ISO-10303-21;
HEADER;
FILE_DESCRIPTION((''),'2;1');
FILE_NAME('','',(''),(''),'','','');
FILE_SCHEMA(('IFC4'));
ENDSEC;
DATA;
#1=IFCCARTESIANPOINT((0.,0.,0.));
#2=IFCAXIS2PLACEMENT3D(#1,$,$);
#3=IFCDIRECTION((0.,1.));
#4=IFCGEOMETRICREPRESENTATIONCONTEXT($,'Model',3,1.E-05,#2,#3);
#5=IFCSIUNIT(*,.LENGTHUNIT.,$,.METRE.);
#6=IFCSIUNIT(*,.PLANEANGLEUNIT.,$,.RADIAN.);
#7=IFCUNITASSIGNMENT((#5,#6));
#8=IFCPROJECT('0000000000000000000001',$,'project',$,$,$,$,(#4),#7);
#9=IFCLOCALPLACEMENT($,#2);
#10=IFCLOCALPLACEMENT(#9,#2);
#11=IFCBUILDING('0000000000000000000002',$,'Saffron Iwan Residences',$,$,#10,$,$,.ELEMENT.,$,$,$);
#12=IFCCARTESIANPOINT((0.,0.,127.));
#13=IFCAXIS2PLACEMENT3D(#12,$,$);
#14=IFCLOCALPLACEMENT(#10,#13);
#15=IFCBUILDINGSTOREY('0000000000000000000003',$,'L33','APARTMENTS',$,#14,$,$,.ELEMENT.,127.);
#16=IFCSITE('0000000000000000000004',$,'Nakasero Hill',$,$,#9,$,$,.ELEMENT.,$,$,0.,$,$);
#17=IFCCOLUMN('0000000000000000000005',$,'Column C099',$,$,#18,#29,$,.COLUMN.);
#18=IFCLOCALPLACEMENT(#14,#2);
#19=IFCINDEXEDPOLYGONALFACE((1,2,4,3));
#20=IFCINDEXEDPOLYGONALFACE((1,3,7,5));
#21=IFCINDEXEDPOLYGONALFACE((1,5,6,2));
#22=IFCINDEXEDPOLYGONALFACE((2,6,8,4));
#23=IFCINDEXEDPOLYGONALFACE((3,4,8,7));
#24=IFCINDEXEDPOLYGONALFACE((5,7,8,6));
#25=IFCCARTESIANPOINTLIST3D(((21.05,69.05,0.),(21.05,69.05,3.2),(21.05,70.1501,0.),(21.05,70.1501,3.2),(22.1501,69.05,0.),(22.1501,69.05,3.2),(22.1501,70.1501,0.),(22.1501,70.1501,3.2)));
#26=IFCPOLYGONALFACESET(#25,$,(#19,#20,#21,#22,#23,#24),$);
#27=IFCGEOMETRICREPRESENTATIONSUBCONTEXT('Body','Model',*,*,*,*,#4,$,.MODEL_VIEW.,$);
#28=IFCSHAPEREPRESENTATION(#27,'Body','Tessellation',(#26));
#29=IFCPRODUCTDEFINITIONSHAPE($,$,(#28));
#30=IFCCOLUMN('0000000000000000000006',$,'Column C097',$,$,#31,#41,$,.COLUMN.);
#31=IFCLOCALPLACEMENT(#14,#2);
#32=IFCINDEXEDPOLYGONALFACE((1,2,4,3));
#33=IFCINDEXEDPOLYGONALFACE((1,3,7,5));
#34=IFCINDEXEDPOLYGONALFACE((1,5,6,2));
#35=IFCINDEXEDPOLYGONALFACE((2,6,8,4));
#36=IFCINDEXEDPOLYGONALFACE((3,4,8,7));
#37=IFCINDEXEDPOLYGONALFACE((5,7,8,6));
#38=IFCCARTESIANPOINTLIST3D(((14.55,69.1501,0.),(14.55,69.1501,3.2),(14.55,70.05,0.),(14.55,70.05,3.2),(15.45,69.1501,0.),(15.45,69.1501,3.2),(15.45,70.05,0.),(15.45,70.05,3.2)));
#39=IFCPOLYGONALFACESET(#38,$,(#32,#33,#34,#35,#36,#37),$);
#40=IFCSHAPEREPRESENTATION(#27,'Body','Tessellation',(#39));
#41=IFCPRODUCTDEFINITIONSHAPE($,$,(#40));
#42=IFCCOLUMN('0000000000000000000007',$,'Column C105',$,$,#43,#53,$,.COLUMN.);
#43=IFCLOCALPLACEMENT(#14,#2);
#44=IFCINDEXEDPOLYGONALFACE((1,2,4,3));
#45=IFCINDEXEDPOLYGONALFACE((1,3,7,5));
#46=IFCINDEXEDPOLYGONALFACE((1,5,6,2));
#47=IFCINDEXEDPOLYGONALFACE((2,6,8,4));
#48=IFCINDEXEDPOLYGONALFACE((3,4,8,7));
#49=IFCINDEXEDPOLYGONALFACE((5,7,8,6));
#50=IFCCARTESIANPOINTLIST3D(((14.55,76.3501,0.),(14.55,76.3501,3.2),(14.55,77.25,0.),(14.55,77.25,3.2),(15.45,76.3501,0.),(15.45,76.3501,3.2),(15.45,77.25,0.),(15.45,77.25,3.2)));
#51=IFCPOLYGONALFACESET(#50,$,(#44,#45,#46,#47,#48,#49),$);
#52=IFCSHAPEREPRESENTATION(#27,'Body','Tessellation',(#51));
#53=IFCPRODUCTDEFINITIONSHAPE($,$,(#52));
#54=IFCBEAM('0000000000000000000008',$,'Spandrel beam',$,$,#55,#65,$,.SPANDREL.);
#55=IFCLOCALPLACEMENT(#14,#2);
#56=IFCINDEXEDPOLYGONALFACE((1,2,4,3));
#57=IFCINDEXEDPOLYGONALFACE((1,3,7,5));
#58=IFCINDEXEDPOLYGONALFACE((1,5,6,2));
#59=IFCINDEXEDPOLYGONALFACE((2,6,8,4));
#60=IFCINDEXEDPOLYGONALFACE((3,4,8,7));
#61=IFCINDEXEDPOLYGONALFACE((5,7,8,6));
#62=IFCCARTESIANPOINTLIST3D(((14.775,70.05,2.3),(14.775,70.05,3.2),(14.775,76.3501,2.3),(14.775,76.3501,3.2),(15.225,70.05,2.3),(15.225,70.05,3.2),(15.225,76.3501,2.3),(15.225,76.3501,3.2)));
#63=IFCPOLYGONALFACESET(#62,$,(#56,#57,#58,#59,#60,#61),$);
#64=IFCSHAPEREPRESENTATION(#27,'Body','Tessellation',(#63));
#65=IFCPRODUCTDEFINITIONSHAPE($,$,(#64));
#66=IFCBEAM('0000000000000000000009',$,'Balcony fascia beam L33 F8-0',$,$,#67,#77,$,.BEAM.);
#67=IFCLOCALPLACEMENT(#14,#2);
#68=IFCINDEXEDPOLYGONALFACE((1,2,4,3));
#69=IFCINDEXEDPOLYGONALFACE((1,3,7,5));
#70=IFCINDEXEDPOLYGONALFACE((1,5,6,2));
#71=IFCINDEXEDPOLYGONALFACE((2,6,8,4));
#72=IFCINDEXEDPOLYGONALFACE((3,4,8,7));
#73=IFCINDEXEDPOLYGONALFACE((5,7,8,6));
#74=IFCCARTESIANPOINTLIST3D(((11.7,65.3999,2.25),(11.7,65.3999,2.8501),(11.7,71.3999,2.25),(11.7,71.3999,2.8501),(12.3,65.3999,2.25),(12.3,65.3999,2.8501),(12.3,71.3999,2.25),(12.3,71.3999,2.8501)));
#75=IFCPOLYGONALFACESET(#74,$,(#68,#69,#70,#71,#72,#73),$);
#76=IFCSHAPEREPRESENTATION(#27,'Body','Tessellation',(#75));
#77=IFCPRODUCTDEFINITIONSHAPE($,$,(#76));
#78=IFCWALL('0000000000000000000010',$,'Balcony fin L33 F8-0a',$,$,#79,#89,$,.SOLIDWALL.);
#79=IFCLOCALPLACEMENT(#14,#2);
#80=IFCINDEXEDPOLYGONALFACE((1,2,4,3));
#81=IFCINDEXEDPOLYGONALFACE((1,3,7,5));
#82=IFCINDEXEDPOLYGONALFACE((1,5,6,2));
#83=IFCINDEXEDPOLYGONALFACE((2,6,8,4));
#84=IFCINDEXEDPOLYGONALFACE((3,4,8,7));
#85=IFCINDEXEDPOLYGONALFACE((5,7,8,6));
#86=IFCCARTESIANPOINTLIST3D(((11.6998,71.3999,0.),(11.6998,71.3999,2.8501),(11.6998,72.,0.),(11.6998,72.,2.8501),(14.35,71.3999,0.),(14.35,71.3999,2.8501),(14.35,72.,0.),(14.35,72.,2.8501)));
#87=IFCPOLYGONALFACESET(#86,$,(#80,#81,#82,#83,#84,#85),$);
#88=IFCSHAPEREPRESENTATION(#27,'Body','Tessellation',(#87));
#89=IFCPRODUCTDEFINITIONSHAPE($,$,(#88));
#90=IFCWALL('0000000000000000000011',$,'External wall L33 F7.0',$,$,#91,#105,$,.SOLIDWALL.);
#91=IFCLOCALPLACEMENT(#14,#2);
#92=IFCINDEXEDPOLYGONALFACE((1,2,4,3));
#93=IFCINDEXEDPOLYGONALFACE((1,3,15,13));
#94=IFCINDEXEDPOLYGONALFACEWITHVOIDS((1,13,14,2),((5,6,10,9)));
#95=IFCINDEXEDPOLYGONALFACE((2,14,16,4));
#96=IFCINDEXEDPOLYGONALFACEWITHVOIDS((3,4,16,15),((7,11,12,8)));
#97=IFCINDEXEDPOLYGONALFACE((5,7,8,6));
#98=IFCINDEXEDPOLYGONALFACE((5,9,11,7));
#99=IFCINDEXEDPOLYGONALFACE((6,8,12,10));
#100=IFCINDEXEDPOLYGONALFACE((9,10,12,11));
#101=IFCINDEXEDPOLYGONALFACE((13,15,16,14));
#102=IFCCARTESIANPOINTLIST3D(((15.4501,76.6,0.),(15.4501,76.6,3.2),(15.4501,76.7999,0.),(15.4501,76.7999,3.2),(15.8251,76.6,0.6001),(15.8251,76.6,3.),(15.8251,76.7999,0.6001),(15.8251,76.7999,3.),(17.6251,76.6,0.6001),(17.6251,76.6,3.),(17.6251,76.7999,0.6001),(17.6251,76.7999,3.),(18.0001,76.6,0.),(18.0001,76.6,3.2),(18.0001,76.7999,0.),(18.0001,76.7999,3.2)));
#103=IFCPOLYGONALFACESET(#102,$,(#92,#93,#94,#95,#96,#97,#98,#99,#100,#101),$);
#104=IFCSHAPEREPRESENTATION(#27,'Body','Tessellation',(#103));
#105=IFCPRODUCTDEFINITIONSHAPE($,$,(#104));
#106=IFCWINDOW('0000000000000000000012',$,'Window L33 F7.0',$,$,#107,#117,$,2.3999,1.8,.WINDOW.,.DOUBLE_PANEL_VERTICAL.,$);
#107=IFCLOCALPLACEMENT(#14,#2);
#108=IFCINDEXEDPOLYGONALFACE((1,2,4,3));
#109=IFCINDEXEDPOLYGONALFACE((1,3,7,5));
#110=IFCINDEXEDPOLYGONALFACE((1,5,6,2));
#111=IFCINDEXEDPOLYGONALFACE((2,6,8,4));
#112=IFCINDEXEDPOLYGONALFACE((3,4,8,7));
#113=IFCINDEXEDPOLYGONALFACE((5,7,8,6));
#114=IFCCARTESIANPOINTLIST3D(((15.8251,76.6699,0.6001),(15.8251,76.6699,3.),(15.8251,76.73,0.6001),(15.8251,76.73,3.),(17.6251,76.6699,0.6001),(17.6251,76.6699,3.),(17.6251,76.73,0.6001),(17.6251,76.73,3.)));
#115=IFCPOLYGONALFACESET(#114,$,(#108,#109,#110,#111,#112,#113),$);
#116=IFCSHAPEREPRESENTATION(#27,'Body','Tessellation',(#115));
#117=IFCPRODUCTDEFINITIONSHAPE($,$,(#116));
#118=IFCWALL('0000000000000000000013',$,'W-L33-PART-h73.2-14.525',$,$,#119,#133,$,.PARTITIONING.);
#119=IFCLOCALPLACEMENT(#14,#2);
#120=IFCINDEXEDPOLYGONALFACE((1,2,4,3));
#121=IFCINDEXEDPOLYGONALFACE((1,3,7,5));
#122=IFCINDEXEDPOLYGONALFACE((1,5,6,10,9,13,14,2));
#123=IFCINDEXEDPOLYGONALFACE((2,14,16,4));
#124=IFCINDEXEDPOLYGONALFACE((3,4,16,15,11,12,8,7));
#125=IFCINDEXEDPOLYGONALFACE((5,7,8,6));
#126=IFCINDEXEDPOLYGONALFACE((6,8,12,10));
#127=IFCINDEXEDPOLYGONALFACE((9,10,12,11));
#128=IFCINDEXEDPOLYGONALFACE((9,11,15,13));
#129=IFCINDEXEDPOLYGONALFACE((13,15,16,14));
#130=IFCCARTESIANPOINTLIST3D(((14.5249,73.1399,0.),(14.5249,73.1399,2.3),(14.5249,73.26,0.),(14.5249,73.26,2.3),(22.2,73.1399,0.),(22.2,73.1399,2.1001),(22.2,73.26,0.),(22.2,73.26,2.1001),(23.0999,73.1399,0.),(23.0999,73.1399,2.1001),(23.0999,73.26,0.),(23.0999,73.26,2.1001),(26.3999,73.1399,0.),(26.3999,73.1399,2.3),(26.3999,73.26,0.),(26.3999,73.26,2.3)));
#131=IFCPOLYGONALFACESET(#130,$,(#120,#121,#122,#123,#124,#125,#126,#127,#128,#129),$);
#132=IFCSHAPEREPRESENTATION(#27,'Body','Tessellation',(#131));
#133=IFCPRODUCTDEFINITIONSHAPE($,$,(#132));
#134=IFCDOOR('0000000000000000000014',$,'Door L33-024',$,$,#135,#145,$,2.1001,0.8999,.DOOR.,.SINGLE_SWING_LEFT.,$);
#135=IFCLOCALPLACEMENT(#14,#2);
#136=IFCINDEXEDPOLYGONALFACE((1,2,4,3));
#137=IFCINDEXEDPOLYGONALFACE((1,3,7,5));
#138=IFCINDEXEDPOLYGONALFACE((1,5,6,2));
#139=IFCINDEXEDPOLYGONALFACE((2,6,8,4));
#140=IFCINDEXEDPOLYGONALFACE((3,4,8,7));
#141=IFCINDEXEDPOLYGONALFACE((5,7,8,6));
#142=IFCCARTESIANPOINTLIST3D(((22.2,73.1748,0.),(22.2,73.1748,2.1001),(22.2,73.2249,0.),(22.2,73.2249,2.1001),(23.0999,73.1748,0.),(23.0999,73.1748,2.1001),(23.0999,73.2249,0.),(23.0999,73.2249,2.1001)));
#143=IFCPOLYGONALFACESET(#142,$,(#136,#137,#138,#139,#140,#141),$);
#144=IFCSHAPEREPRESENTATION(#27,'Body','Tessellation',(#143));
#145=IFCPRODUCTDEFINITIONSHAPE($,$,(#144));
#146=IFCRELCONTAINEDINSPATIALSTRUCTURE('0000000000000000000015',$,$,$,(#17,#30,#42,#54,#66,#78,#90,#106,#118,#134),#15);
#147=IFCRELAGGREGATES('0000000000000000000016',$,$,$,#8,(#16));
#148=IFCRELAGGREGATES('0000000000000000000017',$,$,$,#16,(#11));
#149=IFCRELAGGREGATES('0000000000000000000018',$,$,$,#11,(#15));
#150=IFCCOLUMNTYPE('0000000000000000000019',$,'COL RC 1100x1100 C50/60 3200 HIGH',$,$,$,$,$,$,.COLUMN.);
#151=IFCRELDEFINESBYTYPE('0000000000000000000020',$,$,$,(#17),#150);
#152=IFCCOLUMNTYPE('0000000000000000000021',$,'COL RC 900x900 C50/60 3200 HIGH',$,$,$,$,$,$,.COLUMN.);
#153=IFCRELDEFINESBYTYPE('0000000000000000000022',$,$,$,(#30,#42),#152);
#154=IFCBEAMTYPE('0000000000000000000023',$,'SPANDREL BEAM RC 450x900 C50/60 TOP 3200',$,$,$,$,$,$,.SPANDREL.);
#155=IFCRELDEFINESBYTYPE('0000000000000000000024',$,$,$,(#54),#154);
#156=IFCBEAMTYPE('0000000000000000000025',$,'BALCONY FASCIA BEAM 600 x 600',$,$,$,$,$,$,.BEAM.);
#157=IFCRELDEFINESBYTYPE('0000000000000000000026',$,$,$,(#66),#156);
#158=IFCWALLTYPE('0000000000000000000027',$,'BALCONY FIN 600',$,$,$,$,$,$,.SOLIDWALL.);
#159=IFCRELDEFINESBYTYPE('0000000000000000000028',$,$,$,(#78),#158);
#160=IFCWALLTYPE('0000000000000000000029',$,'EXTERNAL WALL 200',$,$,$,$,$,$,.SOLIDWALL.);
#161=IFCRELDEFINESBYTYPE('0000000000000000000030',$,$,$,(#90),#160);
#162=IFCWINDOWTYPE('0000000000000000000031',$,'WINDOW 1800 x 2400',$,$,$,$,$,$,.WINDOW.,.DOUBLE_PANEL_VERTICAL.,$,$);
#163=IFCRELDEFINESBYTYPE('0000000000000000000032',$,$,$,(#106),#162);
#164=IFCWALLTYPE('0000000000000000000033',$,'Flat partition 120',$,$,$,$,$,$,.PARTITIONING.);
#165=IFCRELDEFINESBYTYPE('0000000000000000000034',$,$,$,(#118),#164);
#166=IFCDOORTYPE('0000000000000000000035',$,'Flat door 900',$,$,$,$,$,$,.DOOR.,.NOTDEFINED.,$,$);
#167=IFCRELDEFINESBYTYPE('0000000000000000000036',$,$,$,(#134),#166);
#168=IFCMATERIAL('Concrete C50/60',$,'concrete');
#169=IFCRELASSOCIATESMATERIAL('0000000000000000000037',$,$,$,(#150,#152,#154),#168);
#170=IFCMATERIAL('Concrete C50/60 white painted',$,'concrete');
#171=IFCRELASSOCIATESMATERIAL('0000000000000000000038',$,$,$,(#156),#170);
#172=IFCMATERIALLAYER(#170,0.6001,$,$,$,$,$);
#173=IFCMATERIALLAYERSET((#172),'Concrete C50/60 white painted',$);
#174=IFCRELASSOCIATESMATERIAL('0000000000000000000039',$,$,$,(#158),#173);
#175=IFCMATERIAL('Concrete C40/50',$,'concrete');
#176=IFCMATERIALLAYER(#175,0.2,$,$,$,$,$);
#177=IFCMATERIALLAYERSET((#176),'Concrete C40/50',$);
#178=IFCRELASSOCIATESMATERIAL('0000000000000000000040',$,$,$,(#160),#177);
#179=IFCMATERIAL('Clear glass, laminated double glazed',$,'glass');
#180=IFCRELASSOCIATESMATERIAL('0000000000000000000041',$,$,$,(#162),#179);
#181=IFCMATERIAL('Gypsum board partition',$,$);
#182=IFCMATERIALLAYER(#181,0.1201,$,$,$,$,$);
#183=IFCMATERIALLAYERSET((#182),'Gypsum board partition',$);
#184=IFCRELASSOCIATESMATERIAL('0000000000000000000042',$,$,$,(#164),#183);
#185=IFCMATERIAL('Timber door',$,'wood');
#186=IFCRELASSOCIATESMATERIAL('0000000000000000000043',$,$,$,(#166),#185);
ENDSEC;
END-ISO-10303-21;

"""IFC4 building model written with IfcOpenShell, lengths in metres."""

from ifc_helpers import new_model, si_unit, direction, frame, frame_2d, origin, origin_2d, place, context, subcontext, project, spatial, rectangle, extrude, source, transform, mapped, material, layer, layer_set, material_profile, profile_set, type_object, element, fill, save


model = new_model("IFC4")

# Units and contexts
model_context = context("Model", 3, precision=1e-05, world=origin(), true_north=direction((0.0, 1.0)))
body_context = subcontext(model_context, "Body", "Model", "MODEL_VIEW")
ifc_project = project(units=[si_unit("LENGTHUNIT", "METRE"), si_unit("PLANEANGLEUNIT", "RADIAN")], contexts=[model_context])

# Site, building, storey
site_placement = place(None, origin())
site = spatial("IfcSite", under=ifc_project, at=site_placement, Name="Nakasero Hill", CompositionType="ELEMENT", RefElevation=0.0)
building_placement = place(site_placement, origin())
building = spatial("IfcBuilding", under=site, at=building_placement, Name="Saffron Iwan Residences", CompositionType="ELEMENT")
storey_placement = place(building_placement, frame((0.0, 0.0, 127.0)))
storey = spatial("IfcBuildingStorey", under=building, at=storey_placement, Name="L33", Description="APARTMENTS", CompositionType="ELEMENT", Elevation=127.0)

# Columns
ifc_material_1 = material(Name="Concrete C50/60", Category="concrete")
ifc_material_profile_1 = material_profile(ifc_material_1, rectangle(XDim=1.1001, YDim=1.1001, at=origin_2d()), Name="RC 1100x1100")
ifc_profile_set_1 = profile_set([ifc_material_profile_1], Name="Concrete C50/60")
column_type_1 = type_object("IfcColumnType", Name="COL RC 1100x1100 C50/60 3200 HIGH", PredefinedType="COLUMN", material=ifc_profile_set_1)
shared_shape_1 = source(origin(), body_context, "Body", "SweptSolid", [
    extrude(rectangle(XDim=1.1001, YDim=1.1001, at=origin_2d()), origin(), (0.0, 0.0, 1.0), 3.2),
])
column_placement = place(storey_placement, frame((21.6001, 69.6001, 0.0), z_axis=(0.0, 0.0, 1.0), x_axis=(1.0, 0.0, 0.0)))
element("IfcColumn", 1, at=column_placement, inside=storey, type_object=column_type_1, Name="Column C099", PredefinedType="COLUMN", context=body_context, shape_type="MappedRepresentation", body=[
    mapped(shared_shape_1, transform((0.0, 0.0, 0.0))),
])
ifc_material_profile_2 = material_profile(ifc_material_1, rectangle(XDim=0.8999, YDim=0.8999, at=origin_2d()), Name="RC 900x900")
ifc_profile_set_2 = profile_set([ifc_material_profile_2], Name="Concrete C50/60")
column_type_2 = type_object("IfcColumnType", Name="COL RC 900x900 C50/60 3200 HIGH", PredefinedType="COLUMN", material=ifc_profile_set_2)
shared_shape_2 = source(origin(), body_context, "Body", "SweptSolid", [
    extrude(rectangle(XDim=0.8999, YDim=0.8999, at=origin_2d()), origin(), (0.0, 0.0, 1.0), 3.2),
])
for number, where, z_axis, x_axis, name in (
    (2, (15.0, 69.6001, 0.0), (0.0, 0.0, 1.0), (1.0, 0.0, 0.0), "Column C097"),
    (3, (15.0, 76.8, 0.0), (0.0, 0.0, 1.0), (1.0, 0.0, 0.0), "Column C105"),
):
    element("IfcColumn", number, at=place(storey_placement, frame(where, z_axis=z_axis, x_axis=x_axis)), inside=storey, type_object=column_type_2, Name=name, PredefinedType="COLUMN", context=body_context, shape_type="MappedRepresentation", body=[
        mapped(shared_shape_2, transform((0.0, 0.0, 0.0))),
    ])

# Beams
ifc_material_profile_3 = material_profile(ifc_material_1, rectangle(XDim=0.45, YDim=0.8999, at=origin_2d()), Name="RC 450x900")
ifc_profile_set_3 = profile_set([ifc_material_profile_3], Name="Concrete C50/60")
beam_type_1 = type_object("IfcBeamType", Name="SPANDREL BEAM RC 450x900 C50/60 TOP 3200", PredefinedType="SPANDREL", material=ifc_profile_set_3)
shared_shape_3 = source(origin(), body_context, "Body", "SweptSolid", [
    extrude(rectangle(XDim=0.45, YDim=0.8999, at=origin_2d()), origin(), (0.0, 0.0, 1.0), 6.3),
])
beam_1_placement = place(storey_placement, frame((15.0, 70.05, 2.75), z_axis=(0.0, 1.0, 0.0), x_axis=(-1.0, 0.0, 0.0)))
element("IfcBeam", 4, at=beam_1_placement, inside=storey, type_object=beam_type_1, Name="Spandrel beam", PredefinedType="SPANDREL", context=body_context, shape_type="MappedRepresentation", body=[
    mapped(shared_shape_3, transform((0.0, 0.0, 0.0))),
])
ifc_material_2 = material(Name="Concrete C50/60 white painted", Category="concrete")
ifc_material_profile_4 = material_profile(ifc_material_2, rectangle(XDim=0.6001, YDim=0.6001, at=origin_2d()), Name="BALCONY FASCIA BEAM 600 x 600")
ifc_profile_set_4 = profile_set([ifc_material_profile_4], Name="Concrete C50/60 white painted")
beam_type_2 = type_object("IfcBeamType", Name="BALCONY FASCIA BEAM 600 x 600", PredefinedType="BEAM", material=ifc_profile_set_4)
shared_shape_4 = source(origin(), body_context, "Body", "SweptSolid", [
    extrude(rectangle(XDim=0.6001, YDim=0.6001, at=origin_2d()), origin(), (0.0, 0.0, 1.0), 6.0),
])
beam_2_placement = place(storey_placement, frame((12.0, 71.3999, 2.55), z_axis=(0.0, -1.0, 0.0), x_axis=(1.0, 0.0, 0.0)))
element("IfcBeam", 5, at=beam_2_placement, inside=storey, type_object=beam_type_2, Name="Balcony fascia beam L33 F8-0", PredefinedType="BEAM", context=body_context, shape_type="MappedRepresentation", body=[
    mapped(shared_shape_4, transform((0.0, 0.0, 0.0))),
])

# Wall
ifc_layer_1 = layer(ifc_material_2, 0.6001)
ifc_layer_set_1 = layer_set([ifc_layer_1], Name="Concrete C50/60 white painted")
wall_type_1 = type_object("IfcWallType", Name="BALCONY FIN 600", PredefinedType="SOLIDWALL", material=ifc_layer_set_1)
wall_1_placement = place(storey_placement, frame((14.3501, 71.7, 0.0), z_axis=(0.0, 0.0, 1.0), x_axis=(-1.0, 0.0, 0.0)))
element("IfcWall", 6, at=wall_1_placement, inside=storey, type_object=wall_type_1, Name="Balcony fin L33 F8-0a", PredefinedType="SOLIDWALL", context=body_context, shape_type="SweptSolid", body=[
    extrude(rectangle(XDim=2.6501, YDim=0.6001, at=frame_2d((1.3252, 0.0))), origin(), (0.0, 0.0, 1.0), 2.8501),
])

# Wall, opening, window
ifc_material_3 = material(Name="Concrete C40/50", Category="concrete")
ifc_layer_2 = layer(ifc_material_3, 0.2)
ifc_layer_set_2 = layer_set([ifc_layer_2], Name="Concrete C40/50")
wall_type_2 = type_object("IfcWallType", Name="EXTERNAL WALL 200", PredefinedType="SOLIDWALL", material=ifc_layer_set_2)
wall_2_placement = place(storey_placement, frame((18.0, 76.7, 0.0), z_axis=(0.0, 0.0, 1.0), x_axis=(-1.0, 0.0, 0.0)))
wall_2 = element("IfcWall", 7, at=wall_2_placement, inside=storey, type_object=wall_type_2, Name="External wall L33 F7.0", PredefinedType="SOLIDWALL", context=body_context, shape_type="SweptSolid", body=[
    extrude(rectangle(XDim=2.55, YDim=0.2, at=frame_2d((1.2749, 0.0))), origin(), (0.0, 0.0, 1.0), 3.2),
])
opening_1_placement = place(wall_2_placement, frame((0.375, 0.0, 0.6001)))
opening_1 = element("IfcOpeningElement", 8, at=opening_1_placement, cuts=wall_2, PredefinedType="OPENING", context=body_context, shape_type="SweptSolid", body=[
    extrude(rectangle(XDim=1.8, YDim=2.3999, at=frame_2d((0.8999, 1.2))), frame((0.0, 0.1099, 0.0), z_axis=(0.0, -1.0, 0.0), x_axis=(1.0, 0.0, 0.0)), (0.0, 0.0, 1.0), 0.22),
])
ifc_material_4 = material(Name="Clear glass, laminated double glazed", Category="glass")
window_type_1 = type_object("IfcWindowType", Name="WINDOW 1800 x 2400", PartitioningType="DOUBLE_PANEL_VERTICAL", PredefinedType="WINDOW", material=ifc_material_4)
window_1_placement = place(opening_1_placement, origin())
window_1 = element("IfcWindow", 9, at=window_1_placement, inside=storey, type_object=window_type_1, Name="Window L33 F7.0", OverallHeight=2.3999, OverallWidth=1.8, PartitioningType="DOUBLE_PANEL_VERTICAL", PredefinedType="WINDOW", context=body_context, shape_type="SweptSolid", body=[
    extrude(rectangle(XDim=1.8, YDim=2.3999, at=frame_2d((0.8999, 1.2))), frame((0.0, 0.03, 0.0), z_axis=(0.0, -1.0, 0.0), x_axis=(1.0, 0.0, 0.0)), (0.0, 0.0, 1.0), 0.0601),
])
fill(opening_1, window_1)

# Wall, opening, door
ifc_material_5 = material(Name="Gypsum board partition")
ifc_layer_3 = layer(ifc_material_5, 0.1201)
ifc_layer_set_3 = layer_set([ifc_layer_3], Name="Gypsum board partition")
wall_type_3 = type_object("IfcWallType", Name="Flat partition 120", PredefinedType="PARTITIONING", material=ifc_layer_set_3)
wall_3_placement = place(storey_placement, frame((14.5249, 73.2, 0.0), z_axis=(0.0, 0.0, 1.0), x_axis=(1.0, 0.0, 0.0)))
wall_3 = element("IfcWall", 10, at=wall_3_placement, inside=storey, type_object=wall_type_3, Name="W-L33-PART-h73.2-14.525", PredefinedType="PARTITIONING", context=body_context, shape_type="SweptSolid", body=[
    extrude(rectangle(XDim=11.875, YDim=0.1201, at=frame_2d((5.9375, 0.0))), origin(), (0.0, 0.0, 1.0), 2.3),
])
opening_2_placement = place(wall_3_placement, frame((7.675, 0.0, 0.0)))
opening_2 = element("IfcOpeningElement", 11, at=opening_2_placement, cuts=wall_3, PredefinedType="OPENING", context=body_context, shape_type="SweptSolid", body=[
    extrude(rectangle(XDim=0.8999, YDim=2.1001, at=frame_2d((0.45, 1.05))), frame((0.0, 0.0701, 0.0), z_axis=(0.0, -1.0, 0.0), x_axis=(1.0, 0.0, 0.0)), (0.0, 0.0, 1.0), 0.1401),
])
ifc_material_6 = material(Name="Timber door", Category="wood")
door_type_1 = type_object("IfcDoorType", Name="Flat door 900", OperationType="NOTDEFINED", PredefinedType="DOOR", material=ifc_material_6)
door_1_placement = place(opening_2_placement, origin())
door_1 = element("IfcDoor", 12, at=door_1_placement, inside=storey, type_object=door_type_1, Name="Door L33-024", OperationType="SINGLE_SWING_LEFT", OverallHeight=2.1001, OverallWidth=0.8999, PredefinedType="DOOR", context=body_context, shape_type="SweptSolid", body=[
    extrude(rectangle(XDim=0.8999, YDim=2.1001, at=frame_2d((0.45, 1.05))), frame((0.0, 0.0249, 0.0), z_axis=(0.0, -1.0, 0.0), x_axis=(1.0, 0.0, 0.0)), (0.0, 0.0, 1.0), 0.05),
])
fill(opening_2, door_1)

save(model, "model.ifc")
